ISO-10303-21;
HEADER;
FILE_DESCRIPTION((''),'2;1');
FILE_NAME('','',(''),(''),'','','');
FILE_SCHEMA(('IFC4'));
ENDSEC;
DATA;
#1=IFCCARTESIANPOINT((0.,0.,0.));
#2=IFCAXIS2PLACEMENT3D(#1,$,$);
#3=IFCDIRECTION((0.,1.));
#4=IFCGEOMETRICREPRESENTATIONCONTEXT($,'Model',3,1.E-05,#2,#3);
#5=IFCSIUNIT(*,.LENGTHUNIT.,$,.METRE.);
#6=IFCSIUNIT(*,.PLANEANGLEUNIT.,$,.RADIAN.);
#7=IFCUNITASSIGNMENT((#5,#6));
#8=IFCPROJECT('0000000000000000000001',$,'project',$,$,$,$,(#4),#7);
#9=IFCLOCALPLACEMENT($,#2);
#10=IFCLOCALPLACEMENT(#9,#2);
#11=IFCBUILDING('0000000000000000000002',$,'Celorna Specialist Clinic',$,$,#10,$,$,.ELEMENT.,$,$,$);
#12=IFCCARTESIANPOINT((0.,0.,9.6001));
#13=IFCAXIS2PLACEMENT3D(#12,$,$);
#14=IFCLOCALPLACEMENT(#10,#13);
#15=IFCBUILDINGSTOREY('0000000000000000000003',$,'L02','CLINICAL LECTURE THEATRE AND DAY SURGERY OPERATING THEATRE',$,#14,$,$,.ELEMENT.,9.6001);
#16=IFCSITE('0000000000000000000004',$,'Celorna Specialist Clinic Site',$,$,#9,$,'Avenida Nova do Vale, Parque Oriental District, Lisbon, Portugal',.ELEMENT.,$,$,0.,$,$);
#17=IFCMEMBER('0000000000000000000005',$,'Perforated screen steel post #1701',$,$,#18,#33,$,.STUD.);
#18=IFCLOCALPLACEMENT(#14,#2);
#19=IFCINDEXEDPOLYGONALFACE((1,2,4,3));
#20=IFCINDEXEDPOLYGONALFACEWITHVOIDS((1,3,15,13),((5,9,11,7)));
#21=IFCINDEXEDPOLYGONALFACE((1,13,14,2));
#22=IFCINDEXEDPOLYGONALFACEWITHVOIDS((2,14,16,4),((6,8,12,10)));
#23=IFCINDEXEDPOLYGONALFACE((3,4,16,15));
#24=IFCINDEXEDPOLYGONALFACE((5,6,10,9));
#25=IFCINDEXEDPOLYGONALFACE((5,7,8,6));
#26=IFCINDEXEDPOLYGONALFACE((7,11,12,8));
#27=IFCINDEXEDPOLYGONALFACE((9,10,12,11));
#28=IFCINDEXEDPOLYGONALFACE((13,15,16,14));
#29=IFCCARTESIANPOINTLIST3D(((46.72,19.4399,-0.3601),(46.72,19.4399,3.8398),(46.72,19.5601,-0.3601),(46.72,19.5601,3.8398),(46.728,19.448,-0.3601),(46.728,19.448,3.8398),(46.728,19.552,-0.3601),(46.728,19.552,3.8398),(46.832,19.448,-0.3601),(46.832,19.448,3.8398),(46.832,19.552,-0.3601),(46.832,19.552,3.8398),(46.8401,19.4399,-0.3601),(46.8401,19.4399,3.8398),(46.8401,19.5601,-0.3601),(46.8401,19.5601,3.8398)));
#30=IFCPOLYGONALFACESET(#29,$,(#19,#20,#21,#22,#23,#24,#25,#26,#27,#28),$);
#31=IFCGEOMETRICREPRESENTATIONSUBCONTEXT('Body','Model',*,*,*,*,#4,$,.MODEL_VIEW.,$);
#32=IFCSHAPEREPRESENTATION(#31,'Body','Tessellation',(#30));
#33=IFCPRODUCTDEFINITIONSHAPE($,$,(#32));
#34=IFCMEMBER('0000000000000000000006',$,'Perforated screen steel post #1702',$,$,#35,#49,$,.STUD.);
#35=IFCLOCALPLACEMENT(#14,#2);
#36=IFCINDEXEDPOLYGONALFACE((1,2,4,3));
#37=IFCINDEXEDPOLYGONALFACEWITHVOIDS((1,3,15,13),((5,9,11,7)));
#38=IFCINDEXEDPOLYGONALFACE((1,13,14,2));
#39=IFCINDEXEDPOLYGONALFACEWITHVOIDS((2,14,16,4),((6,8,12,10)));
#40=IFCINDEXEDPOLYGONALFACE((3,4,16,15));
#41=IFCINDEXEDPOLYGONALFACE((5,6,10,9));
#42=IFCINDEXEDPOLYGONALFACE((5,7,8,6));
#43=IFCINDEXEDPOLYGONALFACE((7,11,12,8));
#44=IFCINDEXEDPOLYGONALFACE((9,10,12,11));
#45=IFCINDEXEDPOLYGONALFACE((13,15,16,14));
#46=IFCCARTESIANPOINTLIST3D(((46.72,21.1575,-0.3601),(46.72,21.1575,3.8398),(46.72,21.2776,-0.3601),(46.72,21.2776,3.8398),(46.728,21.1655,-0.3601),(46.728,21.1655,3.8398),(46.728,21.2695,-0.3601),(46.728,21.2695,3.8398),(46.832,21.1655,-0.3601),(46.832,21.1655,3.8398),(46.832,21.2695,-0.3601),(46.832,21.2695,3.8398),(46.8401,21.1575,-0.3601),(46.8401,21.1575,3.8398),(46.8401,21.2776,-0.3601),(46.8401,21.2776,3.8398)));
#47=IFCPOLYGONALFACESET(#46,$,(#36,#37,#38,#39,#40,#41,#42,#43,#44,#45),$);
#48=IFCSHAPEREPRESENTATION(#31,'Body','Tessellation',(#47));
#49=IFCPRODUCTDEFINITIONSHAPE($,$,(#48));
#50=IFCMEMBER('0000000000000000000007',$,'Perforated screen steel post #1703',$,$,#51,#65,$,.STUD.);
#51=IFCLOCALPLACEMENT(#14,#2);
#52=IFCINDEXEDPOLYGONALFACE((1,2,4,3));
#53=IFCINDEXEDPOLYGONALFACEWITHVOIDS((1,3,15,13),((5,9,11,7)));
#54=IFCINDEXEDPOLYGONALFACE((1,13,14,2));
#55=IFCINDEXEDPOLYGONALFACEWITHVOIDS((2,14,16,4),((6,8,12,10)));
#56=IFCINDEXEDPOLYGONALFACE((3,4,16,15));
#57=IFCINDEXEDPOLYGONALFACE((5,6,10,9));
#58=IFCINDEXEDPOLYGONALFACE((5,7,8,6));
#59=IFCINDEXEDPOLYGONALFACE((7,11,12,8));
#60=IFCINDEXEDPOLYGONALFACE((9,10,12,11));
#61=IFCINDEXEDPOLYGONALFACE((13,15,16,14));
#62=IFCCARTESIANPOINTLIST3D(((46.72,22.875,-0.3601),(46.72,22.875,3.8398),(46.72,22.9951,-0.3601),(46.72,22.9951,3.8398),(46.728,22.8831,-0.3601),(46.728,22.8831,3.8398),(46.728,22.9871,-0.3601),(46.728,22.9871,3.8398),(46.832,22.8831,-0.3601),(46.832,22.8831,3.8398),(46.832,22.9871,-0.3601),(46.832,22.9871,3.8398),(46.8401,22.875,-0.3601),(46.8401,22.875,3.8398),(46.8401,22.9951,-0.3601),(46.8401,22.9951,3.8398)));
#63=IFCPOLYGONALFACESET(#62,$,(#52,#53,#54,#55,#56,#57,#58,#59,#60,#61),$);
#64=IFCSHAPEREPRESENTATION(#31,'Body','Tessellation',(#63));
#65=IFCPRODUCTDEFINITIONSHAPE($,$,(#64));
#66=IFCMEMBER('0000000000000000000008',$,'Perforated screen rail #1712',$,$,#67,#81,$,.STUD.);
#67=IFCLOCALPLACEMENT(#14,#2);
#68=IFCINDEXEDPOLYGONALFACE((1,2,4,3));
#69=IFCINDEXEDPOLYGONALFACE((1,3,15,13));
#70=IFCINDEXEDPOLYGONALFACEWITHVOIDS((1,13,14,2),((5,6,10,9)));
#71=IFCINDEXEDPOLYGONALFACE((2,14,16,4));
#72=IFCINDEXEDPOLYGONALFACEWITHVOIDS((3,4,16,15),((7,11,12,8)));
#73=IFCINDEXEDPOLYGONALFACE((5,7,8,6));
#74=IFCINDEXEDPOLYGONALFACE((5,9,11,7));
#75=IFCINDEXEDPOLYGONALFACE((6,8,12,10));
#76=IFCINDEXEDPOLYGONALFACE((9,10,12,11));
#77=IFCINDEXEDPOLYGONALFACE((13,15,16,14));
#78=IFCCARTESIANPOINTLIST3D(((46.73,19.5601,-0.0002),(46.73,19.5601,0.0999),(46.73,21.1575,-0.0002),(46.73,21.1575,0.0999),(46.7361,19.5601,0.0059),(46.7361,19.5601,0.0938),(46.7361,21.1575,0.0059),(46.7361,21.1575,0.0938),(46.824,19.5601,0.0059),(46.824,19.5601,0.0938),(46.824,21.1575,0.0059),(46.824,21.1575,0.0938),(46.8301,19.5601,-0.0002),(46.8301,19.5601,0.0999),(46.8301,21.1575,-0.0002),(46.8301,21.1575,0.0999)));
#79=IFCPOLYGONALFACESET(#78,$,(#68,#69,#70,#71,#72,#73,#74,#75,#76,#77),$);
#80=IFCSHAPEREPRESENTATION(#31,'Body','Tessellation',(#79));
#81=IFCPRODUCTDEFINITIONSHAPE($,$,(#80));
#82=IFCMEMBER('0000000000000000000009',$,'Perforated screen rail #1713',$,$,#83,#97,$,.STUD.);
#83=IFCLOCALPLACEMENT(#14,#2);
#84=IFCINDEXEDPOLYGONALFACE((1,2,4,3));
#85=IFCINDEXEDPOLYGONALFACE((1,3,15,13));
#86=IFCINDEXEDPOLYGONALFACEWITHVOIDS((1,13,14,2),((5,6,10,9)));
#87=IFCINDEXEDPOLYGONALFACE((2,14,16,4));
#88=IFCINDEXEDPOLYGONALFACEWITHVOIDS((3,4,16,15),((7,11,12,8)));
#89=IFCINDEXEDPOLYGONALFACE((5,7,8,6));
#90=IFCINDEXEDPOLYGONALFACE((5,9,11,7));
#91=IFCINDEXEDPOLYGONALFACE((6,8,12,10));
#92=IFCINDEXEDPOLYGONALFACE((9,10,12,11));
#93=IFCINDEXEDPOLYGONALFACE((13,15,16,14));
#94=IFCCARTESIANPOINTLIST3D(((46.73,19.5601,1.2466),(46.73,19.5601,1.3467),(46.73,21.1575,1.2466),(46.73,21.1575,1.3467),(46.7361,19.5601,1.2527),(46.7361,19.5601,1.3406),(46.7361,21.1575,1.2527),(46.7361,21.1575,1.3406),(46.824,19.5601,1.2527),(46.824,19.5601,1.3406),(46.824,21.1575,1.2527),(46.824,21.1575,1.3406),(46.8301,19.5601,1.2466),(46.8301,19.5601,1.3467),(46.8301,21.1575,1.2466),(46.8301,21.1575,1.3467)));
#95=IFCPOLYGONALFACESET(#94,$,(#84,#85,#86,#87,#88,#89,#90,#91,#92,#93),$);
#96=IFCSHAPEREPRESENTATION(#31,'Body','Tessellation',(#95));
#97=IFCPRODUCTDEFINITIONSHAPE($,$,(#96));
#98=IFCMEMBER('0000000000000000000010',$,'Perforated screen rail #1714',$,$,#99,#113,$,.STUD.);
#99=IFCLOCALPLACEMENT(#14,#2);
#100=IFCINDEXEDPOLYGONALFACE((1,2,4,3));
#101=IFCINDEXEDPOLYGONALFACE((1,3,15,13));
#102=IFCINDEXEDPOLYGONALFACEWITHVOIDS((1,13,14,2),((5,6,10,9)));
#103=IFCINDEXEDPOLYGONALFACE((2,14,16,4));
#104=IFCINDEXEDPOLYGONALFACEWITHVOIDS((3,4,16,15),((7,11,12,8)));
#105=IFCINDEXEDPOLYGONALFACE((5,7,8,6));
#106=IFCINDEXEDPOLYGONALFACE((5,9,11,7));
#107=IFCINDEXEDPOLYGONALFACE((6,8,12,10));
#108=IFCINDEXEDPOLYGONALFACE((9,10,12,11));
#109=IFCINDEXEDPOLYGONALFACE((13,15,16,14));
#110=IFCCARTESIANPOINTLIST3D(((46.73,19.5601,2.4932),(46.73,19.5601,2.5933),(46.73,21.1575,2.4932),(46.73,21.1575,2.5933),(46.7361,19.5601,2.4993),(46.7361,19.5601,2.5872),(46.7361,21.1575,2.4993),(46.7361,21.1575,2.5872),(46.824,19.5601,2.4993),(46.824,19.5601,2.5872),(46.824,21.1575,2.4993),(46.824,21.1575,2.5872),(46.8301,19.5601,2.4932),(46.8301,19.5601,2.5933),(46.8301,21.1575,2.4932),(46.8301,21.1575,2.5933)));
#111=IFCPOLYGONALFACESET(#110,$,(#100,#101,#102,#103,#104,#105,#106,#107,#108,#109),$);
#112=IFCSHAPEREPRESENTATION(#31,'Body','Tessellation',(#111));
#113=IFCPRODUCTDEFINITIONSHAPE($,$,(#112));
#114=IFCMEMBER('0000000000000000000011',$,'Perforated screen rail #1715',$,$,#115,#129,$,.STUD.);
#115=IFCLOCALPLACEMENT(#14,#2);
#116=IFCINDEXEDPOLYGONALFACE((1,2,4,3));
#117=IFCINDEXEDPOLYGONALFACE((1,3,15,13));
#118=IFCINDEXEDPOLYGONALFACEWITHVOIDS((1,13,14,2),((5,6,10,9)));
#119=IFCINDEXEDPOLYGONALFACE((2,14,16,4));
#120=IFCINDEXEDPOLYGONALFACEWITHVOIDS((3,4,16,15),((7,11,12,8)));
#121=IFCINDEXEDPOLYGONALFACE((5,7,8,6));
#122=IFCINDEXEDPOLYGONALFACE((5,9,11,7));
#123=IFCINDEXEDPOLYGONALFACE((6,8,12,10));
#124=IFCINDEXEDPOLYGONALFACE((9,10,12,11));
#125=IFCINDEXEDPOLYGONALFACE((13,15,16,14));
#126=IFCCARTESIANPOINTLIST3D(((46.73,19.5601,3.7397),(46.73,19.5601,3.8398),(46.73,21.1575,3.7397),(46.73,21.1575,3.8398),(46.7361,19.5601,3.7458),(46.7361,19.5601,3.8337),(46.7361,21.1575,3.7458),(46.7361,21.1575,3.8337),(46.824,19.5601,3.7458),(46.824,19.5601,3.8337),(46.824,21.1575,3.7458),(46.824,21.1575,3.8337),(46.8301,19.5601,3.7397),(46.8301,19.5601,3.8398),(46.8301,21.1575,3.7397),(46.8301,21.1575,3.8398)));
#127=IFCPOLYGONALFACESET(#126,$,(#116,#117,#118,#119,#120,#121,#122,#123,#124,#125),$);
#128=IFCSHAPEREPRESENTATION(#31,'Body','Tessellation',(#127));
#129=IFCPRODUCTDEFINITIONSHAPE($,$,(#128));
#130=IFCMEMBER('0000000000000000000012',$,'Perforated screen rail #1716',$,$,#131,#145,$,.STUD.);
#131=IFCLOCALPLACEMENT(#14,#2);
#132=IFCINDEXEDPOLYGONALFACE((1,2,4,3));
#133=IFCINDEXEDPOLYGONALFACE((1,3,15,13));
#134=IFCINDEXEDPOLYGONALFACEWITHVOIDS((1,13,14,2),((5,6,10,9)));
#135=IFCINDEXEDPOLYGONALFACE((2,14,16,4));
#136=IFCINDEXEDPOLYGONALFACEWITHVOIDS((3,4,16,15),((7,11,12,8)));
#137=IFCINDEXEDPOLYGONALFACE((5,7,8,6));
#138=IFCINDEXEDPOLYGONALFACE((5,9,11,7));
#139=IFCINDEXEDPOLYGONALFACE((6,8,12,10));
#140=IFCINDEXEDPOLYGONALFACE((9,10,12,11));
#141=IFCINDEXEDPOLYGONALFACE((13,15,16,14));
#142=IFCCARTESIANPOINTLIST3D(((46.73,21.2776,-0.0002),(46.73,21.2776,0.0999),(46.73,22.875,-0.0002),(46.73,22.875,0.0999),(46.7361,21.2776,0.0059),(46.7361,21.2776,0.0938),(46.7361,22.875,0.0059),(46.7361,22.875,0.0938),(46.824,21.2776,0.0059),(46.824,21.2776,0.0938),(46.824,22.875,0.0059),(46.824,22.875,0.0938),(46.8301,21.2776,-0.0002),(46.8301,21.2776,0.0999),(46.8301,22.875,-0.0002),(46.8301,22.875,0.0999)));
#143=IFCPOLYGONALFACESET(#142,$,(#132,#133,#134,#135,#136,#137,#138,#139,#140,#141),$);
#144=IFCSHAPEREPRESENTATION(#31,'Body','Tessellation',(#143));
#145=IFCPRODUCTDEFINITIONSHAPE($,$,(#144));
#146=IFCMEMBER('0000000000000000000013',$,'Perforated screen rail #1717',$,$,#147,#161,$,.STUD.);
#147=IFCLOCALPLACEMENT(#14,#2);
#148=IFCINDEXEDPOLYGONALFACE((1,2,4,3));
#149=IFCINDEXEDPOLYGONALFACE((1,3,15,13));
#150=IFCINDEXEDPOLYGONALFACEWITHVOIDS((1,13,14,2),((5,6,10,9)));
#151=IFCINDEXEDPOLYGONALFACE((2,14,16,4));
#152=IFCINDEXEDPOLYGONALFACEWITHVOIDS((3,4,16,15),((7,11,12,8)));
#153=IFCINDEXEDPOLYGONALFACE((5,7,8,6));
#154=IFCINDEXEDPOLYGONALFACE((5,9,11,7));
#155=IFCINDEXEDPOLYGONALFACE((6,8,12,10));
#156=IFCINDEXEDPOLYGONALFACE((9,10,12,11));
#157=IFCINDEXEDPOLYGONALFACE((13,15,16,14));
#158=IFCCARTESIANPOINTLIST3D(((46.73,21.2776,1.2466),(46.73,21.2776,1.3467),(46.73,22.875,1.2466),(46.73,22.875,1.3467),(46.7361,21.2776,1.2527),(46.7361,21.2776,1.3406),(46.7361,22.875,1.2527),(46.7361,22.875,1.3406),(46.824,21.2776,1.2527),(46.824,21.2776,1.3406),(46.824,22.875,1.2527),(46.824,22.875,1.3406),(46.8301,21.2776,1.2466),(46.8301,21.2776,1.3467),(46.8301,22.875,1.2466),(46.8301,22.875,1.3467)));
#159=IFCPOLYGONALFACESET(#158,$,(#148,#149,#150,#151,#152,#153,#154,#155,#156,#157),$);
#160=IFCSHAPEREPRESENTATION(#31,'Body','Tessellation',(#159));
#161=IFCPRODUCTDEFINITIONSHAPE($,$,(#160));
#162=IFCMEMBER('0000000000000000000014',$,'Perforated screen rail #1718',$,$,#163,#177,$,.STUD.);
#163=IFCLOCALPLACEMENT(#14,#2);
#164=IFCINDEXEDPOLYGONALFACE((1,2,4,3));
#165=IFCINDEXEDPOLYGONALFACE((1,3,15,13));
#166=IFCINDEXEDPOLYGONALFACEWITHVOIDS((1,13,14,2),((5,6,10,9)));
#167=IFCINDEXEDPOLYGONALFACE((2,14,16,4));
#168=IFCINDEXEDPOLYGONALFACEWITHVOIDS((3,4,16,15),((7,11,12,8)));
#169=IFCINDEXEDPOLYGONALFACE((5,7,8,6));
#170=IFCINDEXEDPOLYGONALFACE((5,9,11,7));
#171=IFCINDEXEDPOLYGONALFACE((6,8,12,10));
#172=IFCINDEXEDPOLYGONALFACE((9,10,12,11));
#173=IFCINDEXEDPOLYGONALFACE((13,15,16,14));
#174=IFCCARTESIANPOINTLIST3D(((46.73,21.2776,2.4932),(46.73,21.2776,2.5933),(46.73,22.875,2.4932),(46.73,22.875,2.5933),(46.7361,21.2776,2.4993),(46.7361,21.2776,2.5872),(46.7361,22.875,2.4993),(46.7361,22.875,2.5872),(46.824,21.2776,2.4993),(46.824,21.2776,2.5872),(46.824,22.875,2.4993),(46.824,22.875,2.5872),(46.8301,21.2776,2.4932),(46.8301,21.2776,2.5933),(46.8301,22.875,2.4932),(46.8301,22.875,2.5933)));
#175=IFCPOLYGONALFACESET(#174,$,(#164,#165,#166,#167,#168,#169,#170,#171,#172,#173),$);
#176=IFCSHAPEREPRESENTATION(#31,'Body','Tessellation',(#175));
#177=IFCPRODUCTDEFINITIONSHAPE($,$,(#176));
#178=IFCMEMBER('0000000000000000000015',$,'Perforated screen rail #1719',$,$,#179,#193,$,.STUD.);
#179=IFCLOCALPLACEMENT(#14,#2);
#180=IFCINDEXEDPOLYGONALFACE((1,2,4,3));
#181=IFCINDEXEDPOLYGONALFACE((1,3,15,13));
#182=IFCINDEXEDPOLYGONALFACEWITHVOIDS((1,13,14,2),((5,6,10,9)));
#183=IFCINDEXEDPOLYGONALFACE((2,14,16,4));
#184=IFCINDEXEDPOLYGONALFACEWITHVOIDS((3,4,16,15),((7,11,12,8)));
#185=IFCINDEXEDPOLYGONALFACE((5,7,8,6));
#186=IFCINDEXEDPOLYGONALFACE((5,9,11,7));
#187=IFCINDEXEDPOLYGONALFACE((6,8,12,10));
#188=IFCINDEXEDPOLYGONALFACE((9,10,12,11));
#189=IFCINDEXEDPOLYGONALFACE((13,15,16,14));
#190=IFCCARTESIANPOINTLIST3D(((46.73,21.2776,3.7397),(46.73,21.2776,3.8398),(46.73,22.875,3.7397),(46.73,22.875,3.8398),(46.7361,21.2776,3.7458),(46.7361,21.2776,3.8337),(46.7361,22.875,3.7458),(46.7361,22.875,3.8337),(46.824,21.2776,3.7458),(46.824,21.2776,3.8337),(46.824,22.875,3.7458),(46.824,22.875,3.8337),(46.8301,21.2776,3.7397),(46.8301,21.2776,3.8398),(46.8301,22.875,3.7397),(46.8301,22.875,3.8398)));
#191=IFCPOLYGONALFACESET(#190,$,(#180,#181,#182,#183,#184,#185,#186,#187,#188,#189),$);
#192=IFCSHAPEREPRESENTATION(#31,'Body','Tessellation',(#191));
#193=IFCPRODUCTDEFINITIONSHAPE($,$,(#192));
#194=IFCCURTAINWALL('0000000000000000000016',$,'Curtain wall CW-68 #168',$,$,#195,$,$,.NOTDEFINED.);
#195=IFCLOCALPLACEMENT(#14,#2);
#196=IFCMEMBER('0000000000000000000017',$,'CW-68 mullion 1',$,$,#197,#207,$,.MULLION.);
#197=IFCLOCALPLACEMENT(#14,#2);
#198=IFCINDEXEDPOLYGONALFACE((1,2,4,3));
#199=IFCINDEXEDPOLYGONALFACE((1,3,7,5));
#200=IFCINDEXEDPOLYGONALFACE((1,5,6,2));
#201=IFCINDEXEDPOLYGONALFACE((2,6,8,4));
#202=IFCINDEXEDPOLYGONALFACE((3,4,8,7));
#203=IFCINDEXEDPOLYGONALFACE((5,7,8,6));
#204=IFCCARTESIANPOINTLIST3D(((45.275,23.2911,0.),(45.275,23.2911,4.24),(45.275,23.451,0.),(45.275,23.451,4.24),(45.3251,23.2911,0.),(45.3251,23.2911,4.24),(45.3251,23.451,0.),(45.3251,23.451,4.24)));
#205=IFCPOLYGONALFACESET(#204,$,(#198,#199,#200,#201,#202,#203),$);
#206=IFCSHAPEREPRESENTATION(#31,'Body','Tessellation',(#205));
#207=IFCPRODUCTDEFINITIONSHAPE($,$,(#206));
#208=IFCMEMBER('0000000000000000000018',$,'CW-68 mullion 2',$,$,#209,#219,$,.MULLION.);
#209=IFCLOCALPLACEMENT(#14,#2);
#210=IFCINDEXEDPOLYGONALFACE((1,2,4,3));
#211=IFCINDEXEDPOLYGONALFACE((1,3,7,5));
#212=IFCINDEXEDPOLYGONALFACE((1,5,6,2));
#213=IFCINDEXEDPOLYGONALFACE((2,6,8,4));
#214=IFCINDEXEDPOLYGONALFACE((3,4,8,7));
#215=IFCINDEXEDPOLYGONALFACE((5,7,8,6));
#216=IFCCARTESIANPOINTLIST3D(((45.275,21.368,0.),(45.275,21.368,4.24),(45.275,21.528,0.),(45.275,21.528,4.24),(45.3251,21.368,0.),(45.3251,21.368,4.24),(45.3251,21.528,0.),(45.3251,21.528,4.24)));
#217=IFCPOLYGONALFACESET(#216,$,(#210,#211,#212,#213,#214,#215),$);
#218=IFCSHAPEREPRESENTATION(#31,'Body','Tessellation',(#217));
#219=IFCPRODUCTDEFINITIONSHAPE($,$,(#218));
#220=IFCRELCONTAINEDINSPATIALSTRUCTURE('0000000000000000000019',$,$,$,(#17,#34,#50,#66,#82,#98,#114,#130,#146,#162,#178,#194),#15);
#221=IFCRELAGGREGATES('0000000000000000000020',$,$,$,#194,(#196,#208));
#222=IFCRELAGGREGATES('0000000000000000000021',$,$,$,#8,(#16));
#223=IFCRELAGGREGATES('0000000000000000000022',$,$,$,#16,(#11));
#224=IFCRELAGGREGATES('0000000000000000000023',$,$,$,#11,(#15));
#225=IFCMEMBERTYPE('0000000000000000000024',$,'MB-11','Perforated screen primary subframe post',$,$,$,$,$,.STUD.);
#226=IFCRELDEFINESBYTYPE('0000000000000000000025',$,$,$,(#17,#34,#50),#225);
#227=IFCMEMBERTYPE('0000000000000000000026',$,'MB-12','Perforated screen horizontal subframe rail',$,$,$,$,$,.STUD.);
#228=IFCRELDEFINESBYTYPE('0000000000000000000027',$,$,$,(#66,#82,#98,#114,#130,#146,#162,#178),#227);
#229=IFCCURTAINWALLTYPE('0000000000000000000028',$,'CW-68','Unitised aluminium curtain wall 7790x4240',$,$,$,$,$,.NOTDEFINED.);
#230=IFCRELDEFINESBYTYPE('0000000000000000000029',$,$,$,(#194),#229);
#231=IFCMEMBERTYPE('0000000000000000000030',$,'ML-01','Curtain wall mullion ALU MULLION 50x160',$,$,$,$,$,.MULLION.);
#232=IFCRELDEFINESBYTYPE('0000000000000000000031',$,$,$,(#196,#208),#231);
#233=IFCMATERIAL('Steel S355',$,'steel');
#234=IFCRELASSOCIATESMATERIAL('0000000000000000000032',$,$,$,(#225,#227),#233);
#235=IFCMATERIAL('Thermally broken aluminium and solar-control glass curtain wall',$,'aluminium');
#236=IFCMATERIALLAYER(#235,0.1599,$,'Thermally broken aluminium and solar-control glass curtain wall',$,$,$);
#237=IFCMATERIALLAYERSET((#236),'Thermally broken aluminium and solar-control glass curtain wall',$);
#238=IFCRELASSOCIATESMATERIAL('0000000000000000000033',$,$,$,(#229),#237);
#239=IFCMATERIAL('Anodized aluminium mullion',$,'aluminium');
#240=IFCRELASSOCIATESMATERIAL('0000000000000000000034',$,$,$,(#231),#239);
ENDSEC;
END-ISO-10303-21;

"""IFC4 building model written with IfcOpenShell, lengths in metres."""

from ifc_helpers import new_model, si_unit, direction, frame, origin, origin_2d, place, context, subcontext, project, spatial, rectangle, hollow_rectangle, extrude, material, layer, layer_set, material_profile, profile_set, type_object, element, aggregate, save


model = new_model("IFC4")

# Units and contexts
model_context = context("Model", 3, precision=1e-05, world=origin(), true_north=direction((0.0, 1.0)))
body_context = subcontext(model_context, "Body", "Model", "MODEL_VIEW")
ifc_project = project(units=[si_unit("LENGTHUNIT", "METRE"), si_unit("PLANEANGLEUNIT", "RADIAN")], contexts=[model_context])

# Site, building, storey
site_placement = place(None, origin())
site = spatial("IfcSite", under=ifc_project, at=site_placement, Name="Celorna Specialist Clinic Site", LongName="Avenida Nova do Vale, Parque Oriental District, Lisbon, Portugal", CompositionType="ELEMENT", RefElevation=0.0)
building_placement = place(site_placement, origin())
building = spatial("IfcBuilding", under=site, at=building_placement, Name="Celorna Specialist Clinic", CompositionType="ELEMENT")
storey_placement = place(building_placement, frame((0.0, 0.0, 9.6001)))
storey = spatial("IfcBuildingStorey", under=building, at=storey_placement, Name="L02", Description="CLINICAL LECTURE THEATRE AND DAY SURGERY OPERATING THEATRE", CompositionType="ELEMENT", Elevation=9.6001)

# Members
ifc_material_1 = material(Name="Steel S355", Category="steel")
ifc_material_profile_1 = material_profile(ifc_material_1, hollow_rectangle(XDim=0.1201, YDim=0.1201, WallThickness=0.0081, at=origin_2d()), Name="SHS 120x120x8")
ifc_profile_set_1 = profile_set([ifc_material_profile_1], Name="Steel S355")
member_type_1 = type_object("IfcMemberType", Name="MB-11", Description="Perforated screen primary subframe post", PredefinedType="STUD", material=ifc_profile_set_1)
for number, where, z_axis, x_axis, name in (
    (1, (46.78, 19.5, -0.3601), (0.0, 0.0, 1.0), (1.0, 0.0, 0.0), "Perforated screen steel post #1701"),
    (2, (46.78, 21.2175, -0.3601), (0.0, 0.0, 1.0), (1.0, 0.0, 0.0), "Perforated screen steel post #1702"),
    (3, (46.78, 22.9351, -0.3601), (0.0, 0.0, 1.0), (1.0, 0.0, 0.0), "Perforated screen steel post #1703"),
):
    element("IfcMember", number, at=place(storey_placement, frame(where, z_axis=z_axis, x_axis=x_axis)), inside=storey, type_object=member_type_1, Name=name, PredefinedType="STUD", context=body_context, shape_type="SweptSolid", body=[
        extrude(hollow_rectangle(XDim=0.1201, YDim=0.1201, WallThickness=0.0081, at=origin_2d()), origin(), (0.0, 0.0, 1.0), 4.2),
    ])
ifc_material_profile_2 = material_profile(ifc_material_1, hollow_rectangle(XDim=0.1001, YDim=0.1001, WallThickness=0.0061, at=origin_2d()), Name="SHS 100x100x6")
ifc_profile_set_2 = profile_set([ifc_material_profile_2], Name="Steel S355")
member_type_2 = type_object("IfcMemberType", Name="MB-12", Description="Perforated screen horizontal subframe rail", PredefinedType="STUD", material=ifc_profile_set_2)
for number, where, z_axis, x_axis, name in (
    (4, (46.78, 19.5601, 0.0498), (0.0, 1.0, 0.0), (-1.0, 0.0, 0.0), "Perforated screen rail #1712"),
    (5, (46.78, 19.5601, 1.2966), (0.0, 1.0, 0.0), (-1.0, 0.0, 0.0), "Perforated screen rail #1713"),
    (6, (46.78, 19.5601, 2.5432), (0.0, 1.0, 0.0), (-1.0, 0.0, 0.0), "Perforated screen rail #1714"),
    (7, (46.78, 19.5601, 3.7898), (0.0, 1.0, 0.0), (-1.0, 0.0, 0.0), "Perforated screen rail #1715"),
    (8, (46.78, 21.2776, 0.0498), (0.0, 1.0, 0.0), (-1.0, 0.0, 0.0), "Perforated screen rail #1716"),
    (9, (46.78, 21.2776, 1.2966), (0.0, 1.0, 0.0), (-1.0, 0.0, 0.0), "Perforated screen rail #1717"),
    (10, (46.78, 21.2776, 2.5432), (0.0, 1.0, 0.0), (-1.0, 0.0, 0.0), "Perforated screen rail #1718"),
    (11, (46.78, 21.2776, 3.7898), (0.0, 1.0, 0.0), (-1.0, 0.0, 0.0), "Perforated screen rail #1719"),
):
    element("IfcMember", number, at=place(storey_placement, frame(where, z_axis=z_axis, x_axis=x_axis)), inside=storey, type_object=member_type_2, Name=name, PredefinedType="STUD", context=body_context, shape_type="SweptSolid", body=[
        extrude(hollow_rectangle(XDim=0.1001, YDim=0.1001, WallThickness=0.0061, at=origin_2d()), origin(), (0.0, 0.0, 1.0), 1.5974),
    ])

# Curtain wall, members
ifc_material_2 = material(Name="Thermally broken aluminium and solar-control glass curtain wall", Category="aluminium")
ifc_layer_1 = layer(ifc_material_2, 0.1599, Name="Thermally broken aluminium and solar-control glass curtain wall")
ifc_layer_set_1 = layer_set([ifc_layer_1], Name="Thermally broken aluminium and solar-control glass curtain wall")
curtain_wall_type = type_object("IfcCurtainWallType", Name="CW-68", Description="Unitised aluminium curtain wall 7790x4240", PredefinedType="NOTDEFINED", material=ifc_layer_set_1)
curtain_wall_placement = place(storey_placement, origin())
curtain_wall = element("IfcCurtainWall", 12, at=curtain_wall_placement, inside=storey, type_object=curtain_wall_type, Name="Curtain wall CW-68 #168", PredefinedType="NOTDEFINED")
ifc_material_3 = material(Name="Anodized aluminium mullion", Category="aluminium")
ifc_material_profile_3 = material_profile(ifc_material_3, rectangle(XDim=0.05, YDim=0.1599, at=origin_2d()), Name="ALU MULLION 50x160")
ifc_profile_set_3 = profile_set([ifc_material_profile_3], Name="Anodized aluminium mullion")
member_type_3 = type_object("IfcMemberType", Name="ML-01", Description="Curtain wall mullion ALU MULLION 50x160", PredefinedType="MULLION", material=ifc_profile_set_3)
member_1_placement = place(storey_placement, frame((45.3, 23.3711, 0.0), z_axis=(0.0, 0.0, 1.0), x_axis=(1.0, 0.0, 0.0)))
member_1 = element("IfcMember", 13, at=member_1_placement, type_object=member_type_3, Name="CW-68 mullion 1", PredefinedType="MULLION", context=body_context, shape_type="SweptSolid", body=[
    extrude(rectangle(XDim=0.05, YDim=0.1599, at=origin_2d()), origin(), (0.0, 0.0, 1.0), 4.24),
])
member_2_placement = place(storey_placement, frame((45.3, 21.448, 0.0), z_axis=(0.0, 0.0, 1.0), x_axis=(1.0, 0.0, 0.0)))
member_2 = element("IfcMember", 14, at=member_2_placement, type_object=member_type_3, Name="CW-68 mullion 2", PredefinedType="MULLION", context=body_context, shape_type="SweptSolid", body=[
    extrude(rectangle(XDim=0.05, YDim=0.1599, at=origin_2d()), origin(), (0.0, 0.0, 1.0), 4.24),
])
aggregate(curtain_wall, [member_1, member_2])

save(model, "model.ifc")
